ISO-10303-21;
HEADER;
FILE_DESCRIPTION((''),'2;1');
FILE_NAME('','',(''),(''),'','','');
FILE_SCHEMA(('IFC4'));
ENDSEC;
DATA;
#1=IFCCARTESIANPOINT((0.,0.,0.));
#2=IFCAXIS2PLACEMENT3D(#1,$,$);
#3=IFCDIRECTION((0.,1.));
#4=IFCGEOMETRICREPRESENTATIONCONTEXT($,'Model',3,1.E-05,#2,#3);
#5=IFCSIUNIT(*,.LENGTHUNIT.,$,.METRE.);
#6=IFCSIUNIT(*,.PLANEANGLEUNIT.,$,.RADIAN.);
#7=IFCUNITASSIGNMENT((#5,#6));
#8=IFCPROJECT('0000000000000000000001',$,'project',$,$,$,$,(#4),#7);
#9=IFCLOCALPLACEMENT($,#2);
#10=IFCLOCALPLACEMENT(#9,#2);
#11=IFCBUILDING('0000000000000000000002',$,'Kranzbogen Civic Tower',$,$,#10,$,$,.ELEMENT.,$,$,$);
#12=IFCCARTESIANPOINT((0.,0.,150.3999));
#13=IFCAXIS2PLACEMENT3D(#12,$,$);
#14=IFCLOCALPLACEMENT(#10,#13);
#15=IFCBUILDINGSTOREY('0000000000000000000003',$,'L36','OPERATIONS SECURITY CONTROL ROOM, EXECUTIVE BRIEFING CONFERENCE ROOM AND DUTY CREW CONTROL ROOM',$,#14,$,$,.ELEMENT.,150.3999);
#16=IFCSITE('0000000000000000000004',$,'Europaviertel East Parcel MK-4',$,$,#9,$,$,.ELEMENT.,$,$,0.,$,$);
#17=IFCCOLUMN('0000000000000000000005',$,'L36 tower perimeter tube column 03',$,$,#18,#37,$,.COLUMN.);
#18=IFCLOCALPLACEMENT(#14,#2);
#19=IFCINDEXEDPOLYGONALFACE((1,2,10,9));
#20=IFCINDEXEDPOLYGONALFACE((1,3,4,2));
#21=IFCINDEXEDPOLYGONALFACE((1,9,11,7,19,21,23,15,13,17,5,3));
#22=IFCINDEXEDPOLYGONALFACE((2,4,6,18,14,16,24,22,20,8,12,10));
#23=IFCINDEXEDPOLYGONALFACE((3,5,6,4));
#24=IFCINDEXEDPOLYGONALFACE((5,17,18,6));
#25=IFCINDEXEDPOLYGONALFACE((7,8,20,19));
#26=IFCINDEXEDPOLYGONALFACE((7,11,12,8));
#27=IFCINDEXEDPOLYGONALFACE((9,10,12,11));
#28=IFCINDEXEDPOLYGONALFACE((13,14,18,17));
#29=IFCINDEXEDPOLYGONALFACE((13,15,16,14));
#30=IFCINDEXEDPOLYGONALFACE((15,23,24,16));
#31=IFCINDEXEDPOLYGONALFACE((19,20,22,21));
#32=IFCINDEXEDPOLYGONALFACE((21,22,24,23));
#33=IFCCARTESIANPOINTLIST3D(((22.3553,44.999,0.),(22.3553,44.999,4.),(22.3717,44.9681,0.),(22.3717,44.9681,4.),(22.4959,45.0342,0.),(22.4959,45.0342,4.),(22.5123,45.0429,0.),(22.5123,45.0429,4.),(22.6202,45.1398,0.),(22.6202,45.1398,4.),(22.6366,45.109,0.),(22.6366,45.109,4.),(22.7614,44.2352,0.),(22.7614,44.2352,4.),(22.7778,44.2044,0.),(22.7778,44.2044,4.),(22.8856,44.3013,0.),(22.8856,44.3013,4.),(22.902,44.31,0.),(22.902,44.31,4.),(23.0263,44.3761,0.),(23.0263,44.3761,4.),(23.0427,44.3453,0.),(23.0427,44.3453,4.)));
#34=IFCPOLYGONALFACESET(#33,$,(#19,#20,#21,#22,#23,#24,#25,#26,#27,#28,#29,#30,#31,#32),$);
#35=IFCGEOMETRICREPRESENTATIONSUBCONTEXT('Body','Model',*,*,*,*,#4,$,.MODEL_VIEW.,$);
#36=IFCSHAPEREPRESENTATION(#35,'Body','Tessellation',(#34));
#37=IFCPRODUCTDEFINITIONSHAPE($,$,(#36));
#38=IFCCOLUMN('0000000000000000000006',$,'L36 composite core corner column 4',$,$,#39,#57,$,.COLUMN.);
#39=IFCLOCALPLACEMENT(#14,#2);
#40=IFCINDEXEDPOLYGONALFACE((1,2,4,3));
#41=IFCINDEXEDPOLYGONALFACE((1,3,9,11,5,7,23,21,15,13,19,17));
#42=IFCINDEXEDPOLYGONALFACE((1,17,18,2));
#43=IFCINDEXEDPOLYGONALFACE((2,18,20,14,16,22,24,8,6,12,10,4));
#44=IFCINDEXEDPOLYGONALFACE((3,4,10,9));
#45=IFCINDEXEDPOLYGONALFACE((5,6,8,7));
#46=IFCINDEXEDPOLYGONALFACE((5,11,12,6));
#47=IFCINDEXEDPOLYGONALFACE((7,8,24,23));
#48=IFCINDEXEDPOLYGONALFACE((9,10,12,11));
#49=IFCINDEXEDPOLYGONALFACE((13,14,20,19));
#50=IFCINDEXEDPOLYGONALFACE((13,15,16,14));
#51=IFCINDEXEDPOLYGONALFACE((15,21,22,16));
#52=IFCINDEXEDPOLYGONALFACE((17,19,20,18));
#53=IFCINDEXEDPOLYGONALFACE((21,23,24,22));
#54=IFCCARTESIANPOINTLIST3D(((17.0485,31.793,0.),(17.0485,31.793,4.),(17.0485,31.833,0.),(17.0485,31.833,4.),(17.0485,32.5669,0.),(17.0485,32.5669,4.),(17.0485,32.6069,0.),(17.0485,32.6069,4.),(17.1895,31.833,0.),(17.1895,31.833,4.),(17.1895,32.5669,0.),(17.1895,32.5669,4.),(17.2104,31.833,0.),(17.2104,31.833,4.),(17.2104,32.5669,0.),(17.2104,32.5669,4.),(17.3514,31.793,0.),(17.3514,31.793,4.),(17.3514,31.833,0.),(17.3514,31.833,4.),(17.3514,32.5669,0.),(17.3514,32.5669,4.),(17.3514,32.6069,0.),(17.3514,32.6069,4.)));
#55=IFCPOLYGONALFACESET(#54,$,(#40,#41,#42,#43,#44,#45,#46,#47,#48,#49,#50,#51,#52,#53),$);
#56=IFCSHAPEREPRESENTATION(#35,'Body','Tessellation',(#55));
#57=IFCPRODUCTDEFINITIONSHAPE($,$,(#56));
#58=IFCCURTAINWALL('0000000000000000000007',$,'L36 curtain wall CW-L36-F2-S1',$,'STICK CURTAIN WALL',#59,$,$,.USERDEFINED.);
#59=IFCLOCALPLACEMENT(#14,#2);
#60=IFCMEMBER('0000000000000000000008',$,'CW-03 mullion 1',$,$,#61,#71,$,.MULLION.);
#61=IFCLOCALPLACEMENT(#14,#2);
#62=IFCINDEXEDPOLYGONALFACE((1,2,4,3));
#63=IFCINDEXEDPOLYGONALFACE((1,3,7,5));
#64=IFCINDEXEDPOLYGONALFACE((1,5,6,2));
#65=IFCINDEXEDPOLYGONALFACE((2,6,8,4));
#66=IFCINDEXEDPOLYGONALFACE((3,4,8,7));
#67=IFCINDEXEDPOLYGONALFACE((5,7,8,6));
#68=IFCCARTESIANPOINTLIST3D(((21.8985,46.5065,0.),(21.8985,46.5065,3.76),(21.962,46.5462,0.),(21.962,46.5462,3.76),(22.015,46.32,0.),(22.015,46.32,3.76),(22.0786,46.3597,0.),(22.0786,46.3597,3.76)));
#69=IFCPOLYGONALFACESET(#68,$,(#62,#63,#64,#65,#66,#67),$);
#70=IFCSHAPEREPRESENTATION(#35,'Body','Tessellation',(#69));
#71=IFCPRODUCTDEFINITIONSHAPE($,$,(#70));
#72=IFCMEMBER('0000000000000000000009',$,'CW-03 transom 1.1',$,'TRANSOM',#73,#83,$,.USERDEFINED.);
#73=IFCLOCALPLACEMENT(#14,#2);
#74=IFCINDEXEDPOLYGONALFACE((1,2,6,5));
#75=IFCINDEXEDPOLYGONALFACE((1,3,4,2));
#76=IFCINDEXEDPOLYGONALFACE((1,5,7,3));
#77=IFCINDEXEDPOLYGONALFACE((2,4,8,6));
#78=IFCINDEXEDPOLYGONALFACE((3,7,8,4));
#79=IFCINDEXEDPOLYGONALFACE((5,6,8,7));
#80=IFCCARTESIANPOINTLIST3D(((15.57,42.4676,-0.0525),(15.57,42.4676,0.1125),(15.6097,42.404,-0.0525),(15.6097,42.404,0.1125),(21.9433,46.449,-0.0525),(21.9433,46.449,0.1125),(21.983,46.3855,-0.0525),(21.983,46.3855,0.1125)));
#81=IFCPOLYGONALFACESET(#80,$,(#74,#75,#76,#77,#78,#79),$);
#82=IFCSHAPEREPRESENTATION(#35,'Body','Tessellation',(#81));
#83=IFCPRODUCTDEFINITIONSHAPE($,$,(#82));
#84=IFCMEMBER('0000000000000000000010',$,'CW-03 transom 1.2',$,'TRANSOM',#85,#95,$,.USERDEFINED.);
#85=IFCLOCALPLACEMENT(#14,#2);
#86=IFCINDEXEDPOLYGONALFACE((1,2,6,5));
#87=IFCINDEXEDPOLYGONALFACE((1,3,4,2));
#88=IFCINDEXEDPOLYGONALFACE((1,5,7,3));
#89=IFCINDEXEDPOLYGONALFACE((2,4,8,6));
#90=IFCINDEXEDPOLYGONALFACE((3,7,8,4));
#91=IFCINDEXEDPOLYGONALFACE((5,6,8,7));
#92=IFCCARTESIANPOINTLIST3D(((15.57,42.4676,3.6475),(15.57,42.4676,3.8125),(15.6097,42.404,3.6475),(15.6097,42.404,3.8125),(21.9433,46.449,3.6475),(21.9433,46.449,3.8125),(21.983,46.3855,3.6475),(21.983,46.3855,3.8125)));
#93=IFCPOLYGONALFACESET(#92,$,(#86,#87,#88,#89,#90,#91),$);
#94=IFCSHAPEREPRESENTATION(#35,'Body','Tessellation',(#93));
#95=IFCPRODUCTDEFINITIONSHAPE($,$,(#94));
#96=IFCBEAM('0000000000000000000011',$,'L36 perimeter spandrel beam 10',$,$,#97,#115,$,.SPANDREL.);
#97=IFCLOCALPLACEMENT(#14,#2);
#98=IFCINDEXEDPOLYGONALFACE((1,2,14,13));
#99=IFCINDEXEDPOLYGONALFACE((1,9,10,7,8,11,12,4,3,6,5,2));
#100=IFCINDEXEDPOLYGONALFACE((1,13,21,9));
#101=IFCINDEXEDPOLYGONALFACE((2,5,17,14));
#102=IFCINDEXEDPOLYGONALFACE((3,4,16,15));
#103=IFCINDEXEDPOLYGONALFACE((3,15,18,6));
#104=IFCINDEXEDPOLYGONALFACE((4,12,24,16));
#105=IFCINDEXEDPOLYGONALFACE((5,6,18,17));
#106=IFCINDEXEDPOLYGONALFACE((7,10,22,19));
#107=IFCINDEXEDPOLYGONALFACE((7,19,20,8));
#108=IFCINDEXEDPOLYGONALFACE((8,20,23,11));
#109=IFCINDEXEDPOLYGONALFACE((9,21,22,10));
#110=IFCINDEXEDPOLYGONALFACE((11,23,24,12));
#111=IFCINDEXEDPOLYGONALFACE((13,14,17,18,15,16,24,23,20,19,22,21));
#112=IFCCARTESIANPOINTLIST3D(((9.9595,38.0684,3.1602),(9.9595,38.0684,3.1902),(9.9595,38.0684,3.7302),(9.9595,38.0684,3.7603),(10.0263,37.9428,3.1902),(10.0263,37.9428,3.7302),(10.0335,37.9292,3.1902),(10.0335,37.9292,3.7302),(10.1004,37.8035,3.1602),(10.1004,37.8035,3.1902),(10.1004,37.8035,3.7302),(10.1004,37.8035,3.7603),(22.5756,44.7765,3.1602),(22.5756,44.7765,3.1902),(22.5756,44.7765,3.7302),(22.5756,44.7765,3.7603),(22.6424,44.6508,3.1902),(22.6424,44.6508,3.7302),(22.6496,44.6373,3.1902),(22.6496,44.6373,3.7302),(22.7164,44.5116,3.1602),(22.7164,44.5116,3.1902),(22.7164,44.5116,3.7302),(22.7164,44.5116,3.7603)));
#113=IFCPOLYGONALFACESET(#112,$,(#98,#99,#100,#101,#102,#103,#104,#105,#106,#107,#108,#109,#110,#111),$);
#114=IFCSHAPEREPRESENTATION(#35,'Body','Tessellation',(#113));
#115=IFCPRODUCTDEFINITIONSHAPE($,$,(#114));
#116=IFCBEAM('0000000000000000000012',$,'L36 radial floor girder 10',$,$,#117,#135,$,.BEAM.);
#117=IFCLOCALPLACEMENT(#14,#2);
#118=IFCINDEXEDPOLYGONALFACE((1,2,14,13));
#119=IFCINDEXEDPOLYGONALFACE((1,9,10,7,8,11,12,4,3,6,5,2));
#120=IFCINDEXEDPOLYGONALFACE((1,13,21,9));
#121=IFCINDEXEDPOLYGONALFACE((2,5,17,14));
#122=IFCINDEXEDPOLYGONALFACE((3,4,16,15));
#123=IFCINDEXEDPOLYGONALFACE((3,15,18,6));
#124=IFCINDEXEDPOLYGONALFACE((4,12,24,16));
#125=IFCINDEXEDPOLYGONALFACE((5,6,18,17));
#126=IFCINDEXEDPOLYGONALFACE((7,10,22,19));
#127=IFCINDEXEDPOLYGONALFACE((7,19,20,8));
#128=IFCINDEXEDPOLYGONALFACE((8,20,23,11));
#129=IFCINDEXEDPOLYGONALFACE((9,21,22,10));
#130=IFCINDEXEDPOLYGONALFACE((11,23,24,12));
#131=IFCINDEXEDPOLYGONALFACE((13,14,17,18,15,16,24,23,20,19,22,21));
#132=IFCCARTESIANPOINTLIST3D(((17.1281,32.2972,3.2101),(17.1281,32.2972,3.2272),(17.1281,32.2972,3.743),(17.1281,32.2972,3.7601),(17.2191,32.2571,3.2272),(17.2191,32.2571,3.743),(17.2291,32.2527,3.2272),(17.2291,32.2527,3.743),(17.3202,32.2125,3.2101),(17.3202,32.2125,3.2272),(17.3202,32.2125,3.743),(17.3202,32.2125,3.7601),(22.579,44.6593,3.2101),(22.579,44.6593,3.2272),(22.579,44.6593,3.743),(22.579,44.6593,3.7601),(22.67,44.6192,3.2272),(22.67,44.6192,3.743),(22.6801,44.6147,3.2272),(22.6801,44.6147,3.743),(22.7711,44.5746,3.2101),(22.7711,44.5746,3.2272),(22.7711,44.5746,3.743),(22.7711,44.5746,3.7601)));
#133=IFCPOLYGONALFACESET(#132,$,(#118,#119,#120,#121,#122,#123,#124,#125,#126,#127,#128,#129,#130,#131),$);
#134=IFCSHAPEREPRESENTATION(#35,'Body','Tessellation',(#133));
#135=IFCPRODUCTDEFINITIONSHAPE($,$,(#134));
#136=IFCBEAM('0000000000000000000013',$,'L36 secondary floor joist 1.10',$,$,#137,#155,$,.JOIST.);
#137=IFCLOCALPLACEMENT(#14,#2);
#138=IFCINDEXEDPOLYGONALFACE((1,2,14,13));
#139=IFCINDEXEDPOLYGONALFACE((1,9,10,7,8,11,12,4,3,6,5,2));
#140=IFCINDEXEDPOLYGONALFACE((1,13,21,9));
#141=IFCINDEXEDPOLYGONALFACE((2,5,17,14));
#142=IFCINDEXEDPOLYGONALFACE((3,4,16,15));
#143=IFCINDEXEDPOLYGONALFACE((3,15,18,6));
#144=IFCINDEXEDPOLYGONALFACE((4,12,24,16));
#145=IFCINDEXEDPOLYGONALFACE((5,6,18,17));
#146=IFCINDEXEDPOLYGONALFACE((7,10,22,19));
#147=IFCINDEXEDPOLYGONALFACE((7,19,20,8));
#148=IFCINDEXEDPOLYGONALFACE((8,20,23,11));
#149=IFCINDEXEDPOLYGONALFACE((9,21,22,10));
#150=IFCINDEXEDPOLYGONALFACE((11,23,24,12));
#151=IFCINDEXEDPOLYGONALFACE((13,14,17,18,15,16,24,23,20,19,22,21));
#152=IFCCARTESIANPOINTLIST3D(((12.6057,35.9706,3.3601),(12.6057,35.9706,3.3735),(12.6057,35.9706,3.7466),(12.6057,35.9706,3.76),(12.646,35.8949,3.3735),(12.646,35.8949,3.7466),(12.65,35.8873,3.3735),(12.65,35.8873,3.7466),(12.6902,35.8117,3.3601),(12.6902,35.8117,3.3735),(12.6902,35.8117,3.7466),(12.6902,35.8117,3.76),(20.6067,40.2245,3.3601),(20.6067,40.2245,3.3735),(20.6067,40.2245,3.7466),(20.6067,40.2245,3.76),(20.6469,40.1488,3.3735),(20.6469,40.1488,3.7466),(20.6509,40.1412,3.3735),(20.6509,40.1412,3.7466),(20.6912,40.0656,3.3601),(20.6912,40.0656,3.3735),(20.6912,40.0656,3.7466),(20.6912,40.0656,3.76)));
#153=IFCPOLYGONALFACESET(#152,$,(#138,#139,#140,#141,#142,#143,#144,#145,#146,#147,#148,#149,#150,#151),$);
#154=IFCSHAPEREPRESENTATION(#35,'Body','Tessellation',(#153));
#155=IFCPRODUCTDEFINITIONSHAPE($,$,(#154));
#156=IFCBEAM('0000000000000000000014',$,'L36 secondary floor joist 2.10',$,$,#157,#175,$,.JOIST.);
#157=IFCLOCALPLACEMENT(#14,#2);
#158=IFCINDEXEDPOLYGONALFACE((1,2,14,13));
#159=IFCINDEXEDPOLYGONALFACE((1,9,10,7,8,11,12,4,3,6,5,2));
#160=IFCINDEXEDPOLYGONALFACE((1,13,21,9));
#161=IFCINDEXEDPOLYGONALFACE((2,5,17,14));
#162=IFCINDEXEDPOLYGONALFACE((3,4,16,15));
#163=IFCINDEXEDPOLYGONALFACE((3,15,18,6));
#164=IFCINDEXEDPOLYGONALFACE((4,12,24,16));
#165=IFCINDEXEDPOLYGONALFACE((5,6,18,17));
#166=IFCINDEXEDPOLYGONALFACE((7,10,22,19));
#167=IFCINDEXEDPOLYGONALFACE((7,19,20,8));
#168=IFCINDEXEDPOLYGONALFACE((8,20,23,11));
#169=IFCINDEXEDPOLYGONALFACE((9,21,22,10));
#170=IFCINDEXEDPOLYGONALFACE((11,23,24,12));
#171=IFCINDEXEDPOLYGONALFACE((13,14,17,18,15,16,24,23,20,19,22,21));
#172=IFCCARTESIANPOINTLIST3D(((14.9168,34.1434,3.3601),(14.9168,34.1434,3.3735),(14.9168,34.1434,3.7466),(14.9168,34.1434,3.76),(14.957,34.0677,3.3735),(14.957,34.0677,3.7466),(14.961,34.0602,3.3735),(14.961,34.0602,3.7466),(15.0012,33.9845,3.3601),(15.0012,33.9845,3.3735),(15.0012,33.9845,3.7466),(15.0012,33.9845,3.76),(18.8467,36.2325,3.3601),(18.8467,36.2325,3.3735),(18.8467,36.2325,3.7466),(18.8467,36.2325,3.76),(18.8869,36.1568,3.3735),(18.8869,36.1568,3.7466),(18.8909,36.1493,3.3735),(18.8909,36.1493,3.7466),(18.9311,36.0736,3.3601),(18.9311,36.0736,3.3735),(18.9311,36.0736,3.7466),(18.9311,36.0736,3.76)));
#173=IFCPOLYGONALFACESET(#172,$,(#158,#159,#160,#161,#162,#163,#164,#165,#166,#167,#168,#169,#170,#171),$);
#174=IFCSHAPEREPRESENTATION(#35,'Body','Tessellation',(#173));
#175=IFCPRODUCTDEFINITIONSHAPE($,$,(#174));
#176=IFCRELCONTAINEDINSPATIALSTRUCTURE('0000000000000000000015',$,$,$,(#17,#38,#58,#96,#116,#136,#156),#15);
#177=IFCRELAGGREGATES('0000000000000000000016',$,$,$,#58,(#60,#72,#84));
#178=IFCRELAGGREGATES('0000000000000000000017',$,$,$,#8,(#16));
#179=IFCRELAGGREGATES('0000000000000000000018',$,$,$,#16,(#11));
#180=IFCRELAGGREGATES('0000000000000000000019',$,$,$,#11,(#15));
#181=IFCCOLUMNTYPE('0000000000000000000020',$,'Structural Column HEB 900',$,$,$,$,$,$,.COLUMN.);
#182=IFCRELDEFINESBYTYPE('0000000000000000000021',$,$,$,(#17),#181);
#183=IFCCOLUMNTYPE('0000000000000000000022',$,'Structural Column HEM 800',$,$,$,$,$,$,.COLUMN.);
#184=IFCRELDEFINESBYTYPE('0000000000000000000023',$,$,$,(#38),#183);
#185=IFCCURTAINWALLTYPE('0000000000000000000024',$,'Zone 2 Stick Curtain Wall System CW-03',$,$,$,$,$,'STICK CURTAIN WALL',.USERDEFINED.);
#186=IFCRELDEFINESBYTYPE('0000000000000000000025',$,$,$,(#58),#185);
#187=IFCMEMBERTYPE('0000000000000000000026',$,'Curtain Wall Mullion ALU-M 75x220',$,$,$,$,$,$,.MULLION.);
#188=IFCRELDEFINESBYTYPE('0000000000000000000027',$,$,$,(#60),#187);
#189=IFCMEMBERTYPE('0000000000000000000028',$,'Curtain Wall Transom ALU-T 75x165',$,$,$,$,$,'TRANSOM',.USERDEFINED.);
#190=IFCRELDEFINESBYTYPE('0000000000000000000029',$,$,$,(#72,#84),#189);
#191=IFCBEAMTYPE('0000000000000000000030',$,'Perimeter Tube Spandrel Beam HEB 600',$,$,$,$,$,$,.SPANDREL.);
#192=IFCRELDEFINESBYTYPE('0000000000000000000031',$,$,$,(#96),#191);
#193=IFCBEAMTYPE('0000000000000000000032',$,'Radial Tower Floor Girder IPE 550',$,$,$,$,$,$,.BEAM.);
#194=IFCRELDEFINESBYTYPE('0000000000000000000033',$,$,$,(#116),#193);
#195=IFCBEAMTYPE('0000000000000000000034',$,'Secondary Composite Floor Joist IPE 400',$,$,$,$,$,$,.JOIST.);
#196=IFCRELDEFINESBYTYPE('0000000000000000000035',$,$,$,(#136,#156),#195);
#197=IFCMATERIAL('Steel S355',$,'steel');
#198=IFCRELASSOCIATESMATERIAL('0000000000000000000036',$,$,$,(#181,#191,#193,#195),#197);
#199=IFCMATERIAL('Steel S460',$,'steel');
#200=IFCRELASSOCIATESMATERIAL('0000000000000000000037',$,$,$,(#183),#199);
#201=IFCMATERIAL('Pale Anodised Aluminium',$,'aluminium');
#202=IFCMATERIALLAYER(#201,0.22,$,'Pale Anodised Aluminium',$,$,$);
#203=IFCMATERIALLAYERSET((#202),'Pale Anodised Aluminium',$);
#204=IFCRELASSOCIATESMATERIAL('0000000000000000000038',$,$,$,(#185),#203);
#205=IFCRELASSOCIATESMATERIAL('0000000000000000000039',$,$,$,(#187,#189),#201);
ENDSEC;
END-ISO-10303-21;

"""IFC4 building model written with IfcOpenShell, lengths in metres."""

from ifc_helpers import new_model, si_unit, direction, frame, origin, origin_2d, place, context, subcontext, project, spatial, rectangle, i_section, extrude, material, layer, layer_set, material_profile, profile_set, type_object, element, aggregate, save


model = new_model("IFC4")

# Units and contexts
model_context = context("Model", 3, precision=1e-05, world=origin(), true_north=direction((0.0, 1.0)))
body_context = subcontext(model_context, "Body", "Model", "MODEL_VIEW")
ifc_project = project(units=[si_unit("LENGTHUNIT", "METRE"), si_unit("PLANEANGLEUNIT", "RADIAN")], contexts=[model_context])

# Site, building, storey
site_placement = place(None, origin())
site = spatial("IfcSite", under=ifc_project, at=site_placement, Name="Europaviertel East Parcel MK-4", CompositionType="ELEMENT", RefElevation=0.0)
building_placement = place(site_placement, origin())
building = spatial("IfcBuilding", under=site, at=building_placement, Name="Kranzbogen Civic Tower", CompositionType="ELEMENT")
storey_placement = place(building_placement, frame((0.0, 0.0, 150.3999)))
storey = spatial("IfcBuildingStorey", under=building, at=storey_placement, Name="L36", Description="OPERATIONS SECURITY CONTROL ROOM, EXECUTIVE BRIEFING CONFERENCE ROOM AND DUTY CREW CONTROL ROOM", CompositionType="ELEMENT", Elevation=150.3999)

# Columns
ifc_material_1 = material(Name="Steel S355", Category="steel")
ifc_material_profile_1 = material_profile(ifc_material_1, i_section(OverallWidth=0.3, OverallDepth=0.8999, WebThickness=0.0186, FlangeThickness=0.0349, at=origin_2d()), Name="HEB 900")
ifc_profile_set_1 = profile_set([ifc_material_profile_1], Name="Steel S355")
column_type_1 = type_object("IfcColumnType", Name="Structural Column HEB 900", PredefinedType="COLUMN", material=ifc_profile_set_1)
column_1_placement = place(storey_placement, frame((22.699, 44.6721, 0.0), z_axis=(0.0, 0.0, 1.0), x_axis=(0.882948, 0.469472, 0.0)))
element("IfcColumn", 1, at=column_1_placement, inside=storey, type_object=column_type_1, Name="L36 tower perimeter tube column 03", PredefinedType="COLUMN", context=body_context, shape_type="SweptSolid", body=[
    extrude(i_section(OverallWidth=0.3, OverallDepth=0.8999, WebThickness=0.0186, FlangeThickness=0.0349, at=origin_2d()), origin(), (0.0, 0.0, 1.0), 4.0),
])
ifc_material_2 = material(Name="Steel S460", Category="steel")
ifc_material_profile_2 = material_profile(ifc_material_2, i_section(OverallWidth=0.303, OverallDepth=0.814, WebThickness=0.021, FlangeThickness=0.04, at=origin_2d()), Name="HEM 800")
ifc_profile_set_2 = profile_set([ifc_material_profile_2], Name="Steel S460")
column_type_2 = type_object("IfcColumnType", Name="Structural Column HEM 800", PredefinedType="COLUMN", material=ifc_profile_set_2)
column_2_placement = place(storey_placement, frame((17.2, 32.2, 0.0), z_axis=(0.0, 0.0, 1.0), x_axis=(1.0, 0.0, 0.0)))
element("IfcColumn", 2, at=column_2_placement, inside=storey, type_object=column_type_2, Name="L36 composite core corner column 4", PredefinedType="COLUMN", context=body_context, shape_type="SweptSolid", body=[
    extrude(i_section(OverallWidth=0.303, OverallDepth=0.814, WebThickness=0.021, FlangeThickness=0.04, at=origin_2d()), origin(), (0.0, 0.0, 1.0), 4.0),
])

# Curtain wall, members
ifc_material_3 = material(Name="Pale Anodised Aluminium", Category="aluminium")
ifc_layer_1 = layer(ifc_material_3, 0.22, Name="Pale Anodised Aluminium")
ifc_layer_set_1 = layer_set([ifc_layer_1], Name="Pale Anodised Aluminium")
curtain_wall_type = type_object("IfcCurtainWallType", Name="Zone 2 Stick Curtain Wall System CW-03", ElementType="STICK CURTAIN WALL", PredefinedType="USERDEFINED", material=ifc_layer_set_1)
curtain_wall_placement = place(storey_placement, origin())
curtain_wall = element("IfcCurtainWall", 3, at=curtain_wall_placement, inside=storey, type_object=curtain_wall_type, Name="L36 curtain wall CW-L36-F2-S1", ObjectType="STICK CURTAIN WALL", PredefinedType="USERDEFINED")
ifc_material_profile_3 = material_profile(ifc_material_3, rectangle(XDim=0.075, YDim=0.22, at=origin_2d()), Name="ALU-M 75x220")
ifc_profile_set_3 = profile_set([ifc_material_profile_3], Name="Pale Anodised Aluminium")
member_type_1 = type_object("IfcMemberType", Name="Curtain Wall Mullion ALU-M 75x220", PredefinedType="MULLION", material=ifc_profile_set_3)
member_1_placement = place(storey_placement, frame((21.9885, 46.4331, 0.0), z_axis=(0.0, 0.0, 1.0), x_axis=(-0.848109, -0.529822, 0.0)))
member_1 = element("IfcMember", 4, at=member_1_placement, type_object=member_type_1, Name="CW-03 mullion 1", PredefinedType="MULLION", context=body_context, shape_type="SweptSolid", body=[
    extrude(rectangle(XDim=0.075, YDim=0.22, at=origin_2d()), origin(), (0.0, 0.0, 1.0), 3.76),
])
ifc_material_profile_4 = material_profile(ifc_material_3, rectangle(XDim=0.075, YDim=0.165, at=origin_2d()), Name="ALU-T 75x165")
ifc_profile_set_4 = profile_set([ifc_material_profile_4], Name="Pale Anodised Aluminium")
member_type_2 = type_object("IfcMemberType", Name="Curtain Wall Transom ALU-T 75x165", ElementType="TRANSOM", PredefinedType="USERDEFINED", material=ifc_profile_set_4)
member_2_placement = place(storey_placement, frame((21.9631, 46.4172, 0.03), z_axis=(-0.84811, -0.529821, 0.0), x_axis=(0.529821, -0.84811, 0.0)))
member_2 = element("IfcMember", 5, at=member_2_placement, type_object=member_type_2, Name="CW-03 transom 1.1", ObjectType="TRANSOM", PredefinedType="USERDEFINED", context=body_context, shape_type="SweptSolid", body=[
    extrude(rectangle(XDim=0.075, YDim=0.165, at=origin_2d()), origin(), (0.0, 0.0, 1.0), 7.5146),
])
member_3_placement = place(storey_placement, frame((21.9631, 46.4172, 3.73), z_axis=(-0.84811, -0.529821, 0.0), x_axis=(0.529821, -0.84811, 0.0)))
member_3 = element("IfcMember", 6, at=member_3_placement, type_object=member_type_2, Name="CW-03 transom 1.2", ObjectType="TRANSOM", PredefinedType="USERDEFINED", context=body_context, shape_type="SweptSolid", body=[
    extrude(rectangle(XDim=0.075, YDim=0.165, at=origin_2d()), origin(), (0.0, 0.0, 1.0), 7.5146),
])

# Beams
ifc_material_profile_5 = material_profile(ifc_material_1, i_section(OverallWidth=0.3, OverallDepth=0.6001, WebThickness=0.0154, FlangeThickness=0.03, at=origin_2d()), Name="HEB 600")
ifc_profile_set_5 = profile_set([ifc_material_profile_5], Name="Steel S355")
beam_type_1 = type_object("IfcBeamType", Name="Perimeter Tube Spandrel Beam HEB 600", PredefinedType="SPANDREL", material=ifc_profile_set_5)
beam_1_placement = place(storey_placement, frame((22.646, 44.644, 3.4602), z_axis=(-0.882948, -0.46947, 0.0), x_axis=(0.46947, -0.882948, 0.0)))
element("IfcBeam", 7, at=beam_1_placement, inside=storey, type_object=beam_type_1, Name="L36 perimeter spandrel beam 10", PredefinedType="SPANDREL", context=body_context, shape_type="SweptSolid", body=[
    extrude(i_section(OverallWidth=0.3, OverallDepth=0.6001, WebThickness=0.0154, FlangeThickness=0.03, at=origin_2d()), origin(), (0.0, 0.0, 1.0), 14.2886),
])
ifc_material_profile_6 = material_profile(ifc_material_1, i_section(OverallWidth=0.21, OverallDepth=0.55, WebThickness=0.011, FlangeThickness=0.0171, at=origin_2d()), Name="IPE 550")
ifc_profile_set_6 = profile_set([ifc_material_profile_6], Name="Steel S355")
beam_type_2 = type_object("IfcBeamType", Name="Radial Tower Floor Girder IPE 550", PredefinedType="BEAM", material=ifc_profile_set_6)
beam_2_placement = place(storey_placement, frame((22.675, 44.6169, 3.4851), z_axis=(-0.403459, -0.914998, 0.0), x_axis=(0.914998, -0.403459, 0.0)))
element("IfcBeam", 8, at=beam_2_placement, inside=storey, type_object=beam_type_2, Name="L36 radial floor girder 10", PredefinedType="BEAM", context=body_context, shape_type="SweptSolid", body=[
    extrude(i_section(OverallWidth=0.21, OverallDepth=0.55, WebThickness=0.011, FlangeThickness=0.0171, at=origin_2d()), origin(), (0.0, 0.0, 1.0), 13.5105),
])
ifc_material_profile_7 = material_profile(ifc_material_1, i_section(OverallWidth=0.1799, OverallDepth=0.3999, WebThickness=0.0085, FlangeThickness=0.0134, at=origin_2d()), Name="IPE 400")
ifc_profile_set_7 = profile_set([ifc_material_profile_7], Name="Steel S355")
beam_type_3 = type_object("IfcBeamType", Name="Secondary Composite Floor Joist IPE 400", PredefinedType="JOIST", material=ifc_profile_set_7)
beam_3_placement = place(storey_placement, frame((20.6489, 40.145, 3.5601), z_axis=(-0.882961, -0.469447, 0.0), x_axis=(0.469447, -0.882961, 0.0)))
element("IfcBeam", 9, at=beam_3_placement, inside=storey, type_object=beam_type_3, Name="L36 secondary floor joist 1.10", PredefinedType="JOIST", context=body_context, shape_type="SweptSolid", body=[
    extrude(i_section(OverallWidth=0.1799, OverallDepth=0.3999, WebThickness=0.0085, FlangeThickness=0.0134, at=origin_2d()), origin(), (0.0, 0.0, 1.0), 9.0615),
])
beam_4_placement = place(storey_placement, frame((18.8889, 36.1531, 3.5601), z_axis=(-0.882991, -0.469389, 0.0), x_axis=(0.469389, -0.882991, 0.0)))
element("IfcBeam", 10, at=beam_4_placement, inside=storey, type_object=beam_type_3, Name="L36 secondary floor joist 2.10", PredefinedType="JOIST", context=body_context, shape_type="SweptSolid", body=[
    extrude(i_section(OverallWidth=0.1799, OverallDepth=0.3999, WebThickness=0.0085, FlangeThickness=0.0134, at=origin_2d()), origin(), (0.0, 0.0, 1.0), 4.4507),
])

aggregate(curtain_wall, [member_1, member_2, member_3])

save(model, "model.ifc")
